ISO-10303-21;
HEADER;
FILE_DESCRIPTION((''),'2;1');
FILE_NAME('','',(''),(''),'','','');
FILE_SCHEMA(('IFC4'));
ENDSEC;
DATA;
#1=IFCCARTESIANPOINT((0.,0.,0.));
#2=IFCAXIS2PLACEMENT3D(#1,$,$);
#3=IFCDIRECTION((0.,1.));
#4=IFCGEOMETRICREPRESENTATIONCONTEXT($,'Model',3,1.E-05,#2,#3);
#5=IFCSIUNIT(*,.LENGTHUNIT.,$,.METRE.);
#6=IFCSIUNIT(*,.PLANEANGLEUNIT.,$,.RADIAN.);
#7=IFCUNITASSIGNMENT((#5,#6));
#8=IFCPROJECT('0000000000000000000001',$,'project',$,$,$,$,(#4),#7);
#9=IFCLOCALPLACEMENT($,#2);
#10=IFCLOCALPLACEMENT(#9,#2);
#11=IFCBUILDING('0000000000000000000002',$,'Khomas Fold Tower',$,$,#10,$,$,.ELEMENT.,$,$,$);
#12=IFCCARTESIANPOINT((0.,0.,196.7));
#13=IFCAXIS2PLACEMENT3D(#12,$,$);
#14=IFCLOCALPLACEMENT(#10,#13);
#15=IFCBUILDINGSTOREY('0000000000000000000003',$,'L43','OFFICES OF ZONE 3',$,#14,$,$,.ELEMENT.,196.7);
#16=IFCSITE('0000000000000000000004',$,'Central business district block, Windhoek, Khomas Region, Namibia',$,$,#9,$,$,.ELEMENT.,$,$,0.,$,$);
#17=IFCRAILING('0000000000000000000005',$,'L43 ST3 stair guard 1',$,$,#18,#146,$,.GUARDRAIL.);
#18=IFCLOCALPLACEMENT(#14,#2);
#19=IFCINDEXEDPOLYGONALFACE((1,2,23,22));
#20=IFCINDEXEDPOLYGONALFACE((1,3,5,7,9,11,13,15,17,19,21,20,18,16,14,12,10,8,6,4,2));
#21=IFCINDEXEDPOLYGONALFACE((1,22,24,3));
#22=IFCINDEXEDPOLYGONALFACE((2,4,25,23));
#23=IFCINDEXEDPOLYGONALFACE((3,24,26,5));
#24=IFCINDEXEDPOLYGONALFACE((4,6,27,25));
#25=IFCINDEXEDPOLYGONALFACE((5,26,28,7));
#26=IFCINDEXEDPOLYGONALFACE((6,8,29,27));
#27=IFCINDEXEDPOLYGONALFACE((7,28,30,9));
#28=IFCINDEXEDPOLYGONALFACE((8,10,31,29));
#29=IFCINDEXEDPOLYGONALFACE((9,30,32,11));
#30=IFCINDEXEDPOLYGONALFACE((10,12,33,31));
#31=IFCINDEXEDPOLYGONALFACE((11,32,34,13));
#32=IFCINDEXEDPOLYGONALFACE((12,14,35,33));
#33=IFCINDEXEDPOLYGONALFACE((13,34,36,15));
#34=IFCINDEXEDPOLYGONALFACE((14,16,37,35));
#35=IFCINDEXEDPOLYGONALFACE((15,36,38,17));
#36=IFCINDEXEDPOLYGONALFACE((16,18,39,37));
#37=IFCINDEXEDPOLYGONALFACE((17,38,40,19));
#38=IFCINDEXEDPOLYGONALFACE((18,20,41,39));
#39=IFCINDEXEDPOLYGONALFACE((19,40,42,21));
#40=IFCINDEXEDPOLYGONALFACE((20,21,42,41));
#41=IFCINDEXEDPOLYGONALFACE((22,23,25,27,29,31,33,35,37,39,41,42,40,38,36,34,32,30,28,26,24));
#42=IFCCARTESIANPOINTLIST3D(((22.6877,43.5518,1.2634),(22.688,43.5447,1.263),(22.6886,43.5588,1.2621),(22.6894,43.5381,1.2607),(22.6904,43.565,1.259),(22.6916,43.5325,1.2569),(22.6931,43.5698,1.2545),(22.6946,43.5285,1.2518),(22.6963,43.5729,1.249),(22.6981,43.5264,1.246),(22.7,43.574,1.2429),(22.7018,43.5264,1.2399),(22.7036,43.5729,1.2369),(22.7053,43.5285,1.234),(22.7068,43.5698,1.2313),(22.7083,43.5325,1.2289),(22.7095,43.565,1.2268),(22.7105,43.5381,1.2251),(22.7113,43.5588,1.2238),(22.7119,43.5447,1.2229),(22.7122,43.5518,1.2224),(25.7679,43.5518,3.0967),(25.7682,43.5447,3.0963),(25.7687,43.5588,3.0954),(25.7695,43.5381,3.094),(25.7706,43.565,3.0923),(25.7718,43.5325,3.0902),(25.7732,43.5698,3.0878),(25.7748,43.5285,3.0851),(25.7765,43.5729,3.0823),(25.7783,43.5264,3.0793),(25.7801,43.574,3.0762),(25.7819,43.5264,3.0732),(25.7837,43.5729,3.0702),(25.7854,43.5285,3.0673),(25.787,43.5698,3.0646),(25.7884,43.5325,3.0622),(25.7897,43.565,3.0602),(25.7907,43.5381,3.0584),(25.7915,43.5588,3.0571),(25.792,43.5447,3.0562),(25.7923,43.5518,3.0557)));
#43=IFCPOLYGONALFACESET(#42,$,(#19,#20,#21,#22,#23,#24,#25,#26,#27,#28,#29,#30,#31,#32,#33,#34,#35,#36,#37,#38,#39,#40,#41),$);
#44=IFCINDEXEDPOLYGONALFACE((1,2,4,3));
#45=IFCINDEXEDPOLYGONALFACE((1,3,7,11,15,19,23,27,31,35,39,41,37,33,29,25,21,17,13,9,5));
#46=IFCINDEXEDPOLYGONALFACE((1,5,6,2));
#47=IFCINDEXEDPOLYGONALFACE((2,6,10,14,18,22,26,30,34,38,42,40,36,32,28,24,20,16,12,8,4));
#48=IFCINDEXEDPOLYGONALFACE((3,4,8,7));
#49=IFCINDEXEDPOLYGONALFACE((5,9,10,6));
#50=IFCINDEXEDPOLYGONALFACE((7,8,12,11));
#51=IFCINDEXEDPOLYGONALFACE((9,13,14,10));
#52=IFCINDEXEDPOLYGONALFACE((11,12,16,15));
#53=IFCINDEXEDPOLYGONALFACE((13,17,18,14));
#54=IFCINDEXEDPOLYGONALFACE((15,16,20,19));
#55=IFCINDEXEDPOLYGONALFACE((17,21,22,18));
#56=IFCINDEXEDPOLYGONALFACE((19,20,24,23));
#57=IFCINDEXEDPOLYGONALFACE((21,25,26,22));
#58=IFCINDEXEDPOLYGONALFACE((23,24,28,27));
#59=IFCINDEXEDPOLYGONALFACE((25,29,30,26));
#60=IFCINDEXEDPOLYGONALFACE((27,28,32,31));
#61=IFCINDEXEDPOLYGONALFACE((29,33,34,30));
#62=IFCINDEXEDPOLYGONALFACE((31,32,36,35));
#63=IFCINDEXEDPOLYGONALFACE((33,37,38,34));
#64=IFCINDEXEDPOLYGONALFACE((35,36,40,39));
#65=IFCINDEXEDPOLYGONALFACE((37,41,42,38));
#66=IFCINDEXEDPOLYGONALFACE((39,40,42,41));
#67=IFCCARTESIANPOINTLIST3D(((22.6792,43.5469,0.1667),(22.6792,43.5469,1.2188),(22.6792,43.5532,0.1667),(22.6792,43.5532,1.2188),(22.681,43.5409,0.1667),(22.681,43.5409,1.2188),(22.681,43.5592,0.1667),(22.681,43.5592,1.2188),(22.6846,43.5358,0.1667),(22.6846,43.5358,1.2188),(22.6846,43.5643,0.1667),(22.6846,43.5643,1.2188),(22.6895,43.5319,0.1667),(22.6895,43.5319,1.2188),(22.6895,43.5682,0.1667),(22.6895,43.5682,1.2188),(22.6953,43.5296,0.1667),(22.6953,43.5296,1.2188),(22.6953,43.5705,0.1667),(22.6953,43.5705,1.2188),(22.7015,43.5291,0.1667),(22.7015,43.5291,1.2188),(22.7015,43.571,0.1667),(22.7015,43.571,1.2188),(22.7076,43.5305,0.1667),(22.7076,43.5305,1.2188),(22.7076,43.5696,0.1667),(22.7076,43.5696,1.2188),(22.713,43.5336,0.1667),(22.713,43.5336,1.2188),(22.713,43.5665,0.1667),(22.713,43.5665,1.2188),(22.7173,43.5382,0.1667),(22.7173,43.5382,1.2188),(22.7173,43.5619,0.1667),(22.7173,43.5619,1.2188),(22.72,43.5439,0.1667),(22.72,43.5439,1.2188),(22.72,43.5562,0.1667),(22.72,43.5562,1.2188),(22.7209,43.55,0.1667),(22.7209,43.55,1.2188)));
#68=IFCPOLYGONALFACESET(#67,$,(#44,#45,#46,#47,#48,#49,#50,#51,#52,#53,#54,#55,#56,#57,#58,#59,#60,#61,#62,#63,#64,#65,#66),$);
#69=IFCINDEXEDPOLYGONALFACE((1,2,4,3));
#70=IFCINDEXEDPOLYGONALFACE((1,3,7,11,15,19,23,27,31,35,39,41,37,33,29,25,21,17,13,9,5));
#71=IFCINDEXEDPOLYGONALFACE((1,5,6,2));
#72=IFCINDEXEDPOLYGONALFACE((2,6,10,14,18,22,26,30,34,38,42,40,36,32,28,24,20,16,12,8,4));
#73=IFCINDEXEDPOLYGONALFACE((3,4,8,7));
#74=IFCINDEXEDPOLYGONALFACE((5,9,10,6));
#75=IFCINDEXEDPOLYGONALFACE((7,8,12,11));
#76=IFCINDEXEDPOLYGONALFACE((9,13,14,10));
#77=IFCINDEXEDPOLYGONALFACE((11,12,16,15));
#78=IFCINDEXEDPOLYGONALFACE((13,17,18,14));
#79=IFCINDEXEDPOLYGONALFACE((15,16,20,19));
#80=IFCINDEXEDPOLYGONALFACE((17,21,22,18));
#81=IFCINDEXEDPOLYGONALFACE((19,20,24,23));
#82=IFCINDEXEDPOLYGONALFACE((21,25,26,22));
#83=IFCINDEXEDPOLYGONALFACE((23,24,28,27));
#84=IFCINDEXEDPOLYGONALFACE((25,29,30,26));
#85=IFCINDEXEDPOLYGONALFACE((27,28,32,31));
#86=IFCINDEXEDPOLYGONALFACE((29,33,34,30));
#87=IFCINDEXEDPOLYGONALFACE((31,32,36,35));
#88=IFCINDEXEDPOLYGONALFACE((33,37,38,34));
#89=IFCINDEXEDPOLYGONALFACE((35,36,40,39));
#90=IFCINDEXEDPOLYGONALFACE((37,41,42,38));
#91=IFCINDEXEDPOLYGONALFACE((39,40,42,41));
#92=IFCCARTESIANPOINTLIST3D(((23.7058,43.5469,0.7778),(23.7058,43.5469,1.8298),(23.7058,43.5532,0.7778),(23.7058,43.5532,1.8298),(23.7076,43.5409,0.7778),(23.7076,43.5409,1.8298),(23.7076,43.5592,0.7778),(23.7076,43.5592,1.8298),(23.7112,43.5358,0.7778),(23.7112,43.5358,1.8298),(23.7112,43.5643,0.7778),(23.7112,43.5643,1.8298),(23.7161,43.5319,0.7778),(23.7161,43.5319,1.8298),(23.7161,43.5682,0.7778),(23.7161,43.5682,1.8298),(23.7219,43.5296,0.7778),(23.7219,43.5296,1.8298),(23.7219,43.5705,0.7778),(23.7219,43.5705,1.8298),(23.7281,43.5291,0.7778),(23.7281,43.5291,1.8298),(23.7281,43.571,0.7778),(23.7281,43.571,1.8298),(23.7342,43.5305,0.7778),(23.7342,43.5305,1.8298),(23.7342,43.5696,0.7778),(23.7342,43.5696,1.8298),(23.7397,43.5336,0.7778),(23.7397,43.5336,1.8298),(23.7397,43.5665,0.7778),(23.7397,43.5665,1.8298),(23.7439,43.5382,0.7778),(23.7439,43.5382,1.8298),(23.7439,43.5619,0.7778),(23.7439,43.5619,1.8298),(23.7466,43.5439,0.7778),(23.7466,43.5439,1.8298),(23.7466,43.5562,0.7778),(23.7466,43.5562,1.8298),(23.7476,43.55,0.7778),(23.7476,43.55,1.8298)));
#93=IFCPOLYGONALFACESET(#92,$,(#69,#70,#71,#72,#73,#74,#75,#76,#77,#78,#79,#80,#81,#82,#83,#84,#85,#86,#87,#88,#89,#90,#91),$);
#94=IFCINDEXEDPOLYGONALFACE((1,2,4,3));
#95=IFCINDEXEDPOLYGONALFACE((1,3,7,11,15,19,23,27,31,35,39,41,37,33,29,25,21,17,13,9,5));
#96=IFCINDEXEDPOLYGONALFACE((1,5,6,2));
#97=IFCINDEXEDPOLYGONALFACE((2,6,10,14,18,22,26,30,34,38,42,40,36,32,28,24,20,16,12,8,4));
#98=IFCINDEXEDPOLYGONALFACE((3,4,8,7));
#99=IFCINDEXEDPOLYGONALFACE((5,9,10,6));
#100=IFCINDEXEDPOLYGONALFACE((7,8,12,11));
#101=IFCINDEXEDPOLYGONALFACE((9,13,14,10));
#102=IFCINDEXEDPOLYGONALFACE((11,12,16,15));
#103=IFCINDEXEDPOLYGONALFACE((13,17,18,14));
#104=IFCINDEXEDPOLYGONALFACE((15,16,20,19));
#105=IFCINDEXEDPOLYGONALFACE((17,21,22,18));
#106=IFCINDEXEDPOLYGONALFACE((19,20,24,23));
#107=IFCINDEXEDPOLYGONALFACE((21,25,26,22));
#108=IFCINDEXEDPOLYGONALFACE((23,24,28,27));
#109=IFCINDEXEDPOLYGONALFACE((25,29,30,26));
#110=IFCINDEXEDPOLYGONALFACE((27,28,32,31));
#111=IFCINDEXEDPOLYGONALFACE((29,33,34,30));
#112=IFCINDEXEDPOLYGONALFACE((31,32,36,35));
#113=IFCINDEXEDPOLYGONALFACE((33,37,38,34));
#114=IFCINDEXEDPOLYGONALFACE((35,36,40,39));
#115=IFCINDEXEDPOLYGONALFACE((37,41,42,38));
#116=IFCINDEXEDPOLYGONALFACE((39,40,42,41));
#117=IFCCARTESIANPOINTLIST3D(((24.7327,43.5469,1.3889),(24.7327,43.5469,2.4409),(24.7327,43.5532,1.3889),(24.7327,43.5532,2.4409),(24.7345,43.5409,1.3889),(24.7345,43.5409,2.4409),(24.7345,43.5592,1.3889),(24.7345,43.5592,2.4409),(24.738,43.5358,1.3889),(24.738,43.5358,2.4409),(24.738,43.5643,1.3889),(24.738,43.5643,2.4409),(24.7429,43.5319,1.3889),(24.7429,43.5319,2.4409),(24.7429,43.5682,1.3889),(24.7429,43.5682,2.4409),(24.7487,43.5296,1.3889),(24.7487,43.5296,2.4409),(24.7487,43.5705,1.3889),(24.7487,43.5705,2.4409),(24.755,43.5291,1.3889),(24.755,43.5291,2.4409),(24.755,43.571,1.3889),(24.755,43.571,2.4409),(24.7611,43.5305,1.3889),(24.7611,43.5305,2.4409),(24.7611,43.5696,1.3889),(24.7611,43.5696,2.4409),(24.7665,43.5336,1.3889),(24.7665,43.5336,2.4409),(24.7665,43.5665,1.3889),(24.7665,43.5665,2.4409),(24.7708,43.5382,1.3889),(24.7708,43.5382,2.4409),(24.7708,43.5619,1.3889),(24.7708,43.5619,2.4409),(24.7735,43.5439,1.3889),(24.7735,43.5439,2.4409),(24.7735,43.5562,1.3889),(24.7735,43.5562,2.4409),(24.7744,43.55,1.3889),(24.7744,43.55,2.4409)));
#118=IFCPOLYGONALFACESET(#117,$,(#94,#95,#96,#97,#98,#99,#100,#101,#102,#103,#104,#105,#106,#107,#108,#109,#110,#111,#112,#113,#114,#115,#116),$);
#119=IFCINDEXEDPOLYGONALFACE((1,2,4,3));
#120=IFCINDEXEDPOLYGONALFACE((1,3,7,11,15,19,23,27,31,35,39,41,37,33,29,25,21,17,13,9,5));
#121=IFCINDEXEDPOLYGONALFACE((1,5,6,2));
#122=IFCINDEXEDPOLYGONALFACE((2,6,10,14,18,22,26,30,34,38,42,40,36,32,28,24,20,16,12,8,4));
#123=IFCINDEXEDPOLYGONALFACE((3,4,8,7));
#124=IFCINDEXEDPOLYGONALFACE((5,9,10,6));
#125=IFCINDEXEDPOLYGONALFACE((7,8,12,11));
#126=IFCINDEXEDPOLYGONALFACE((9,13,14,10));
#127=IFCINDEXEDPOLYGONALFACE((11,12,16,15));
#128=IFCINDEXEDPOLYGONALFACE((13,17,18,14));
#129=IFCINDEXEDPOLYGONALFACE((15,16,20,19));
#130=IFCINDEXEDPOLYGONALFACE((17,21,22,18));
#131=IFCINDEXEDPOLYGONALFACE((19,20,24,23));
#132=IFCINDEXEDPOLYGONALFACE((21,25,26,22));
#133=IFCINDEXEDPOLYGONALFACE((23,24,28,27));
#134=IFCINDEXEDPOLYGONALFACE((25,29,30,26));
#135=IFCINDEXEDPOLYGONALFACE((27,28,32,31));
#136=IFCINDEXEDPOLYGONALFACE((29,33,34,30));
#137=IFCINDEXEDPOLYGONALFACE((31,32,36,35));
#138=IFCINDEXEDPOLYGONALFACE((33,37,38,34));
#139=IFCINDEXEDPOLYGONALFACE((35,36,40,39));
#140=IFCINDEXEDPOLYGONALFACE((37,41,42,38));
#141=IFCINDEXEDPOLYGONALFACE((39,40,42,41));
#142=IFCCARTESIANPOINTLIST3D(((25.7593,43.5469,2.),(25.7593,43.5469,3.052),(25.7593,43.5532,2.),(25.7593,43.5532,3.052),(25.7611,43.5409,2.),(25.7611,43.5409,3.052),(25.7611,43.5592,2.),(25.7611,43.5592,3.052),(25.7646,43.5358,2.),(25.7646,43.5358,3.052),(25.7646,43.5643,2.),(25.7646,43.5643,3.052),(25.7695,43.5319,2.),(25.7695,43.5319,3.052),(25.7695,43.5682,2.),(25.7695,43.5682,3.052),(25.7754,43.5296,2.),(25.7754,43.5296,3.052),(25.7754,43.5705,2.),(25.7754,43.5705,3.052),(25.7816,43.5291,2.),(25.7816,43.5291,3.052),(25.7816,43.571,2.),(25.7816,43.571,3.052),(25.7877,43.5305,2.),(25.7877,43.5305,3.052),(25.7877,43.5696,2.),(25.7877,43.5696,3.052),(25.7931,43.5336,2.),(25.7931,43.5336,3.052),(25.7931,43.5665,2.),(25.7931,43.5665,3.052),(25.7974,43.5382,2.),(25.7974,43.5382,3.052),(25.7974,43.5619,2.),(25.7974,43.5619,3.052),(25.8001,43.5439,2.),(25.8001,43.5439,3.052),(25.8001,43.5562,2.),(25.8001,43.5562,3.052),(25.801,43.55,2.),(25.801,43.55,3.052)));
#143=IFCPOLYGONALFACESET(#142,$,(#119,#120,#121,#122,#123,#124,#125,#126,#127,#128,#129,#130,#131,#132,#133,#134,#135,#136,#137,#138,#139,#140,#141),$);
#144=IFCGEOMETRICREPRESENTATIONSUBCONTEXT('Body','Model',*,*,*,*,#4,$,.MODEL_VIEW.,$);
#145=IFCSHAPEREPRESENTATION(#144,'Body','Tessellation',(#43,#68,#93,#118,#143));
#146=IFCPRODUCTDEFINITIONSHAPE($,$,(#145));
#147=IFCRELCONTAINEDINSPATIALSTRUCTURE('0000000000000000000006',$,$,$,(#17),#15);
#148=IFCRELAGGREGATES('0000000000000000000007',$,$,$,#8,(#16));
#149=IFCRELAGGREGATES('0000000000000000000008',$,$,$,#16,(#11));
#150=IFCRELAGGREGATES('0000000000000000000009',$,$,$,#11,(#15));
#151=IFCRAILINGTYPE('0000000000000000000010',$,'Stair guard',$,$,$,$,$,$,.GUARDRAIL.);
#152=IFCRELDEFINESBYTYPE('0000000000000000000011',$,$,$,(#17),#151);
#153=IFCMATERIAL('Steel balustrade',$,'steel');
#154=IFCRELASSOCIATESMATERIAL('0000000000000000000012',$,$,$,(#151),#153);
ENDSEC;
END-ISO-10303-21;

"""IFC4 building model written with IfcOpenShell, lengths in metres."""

from ifc_helpers import new_model, si_unit, direction, frame, origin, origin_2d, place, context, subcontext, project, spatial, circle, extrude, source, transform, mapped, material, type_object, element, save


model = new_model("IFC4")

# Units and contexts
model_context = context("Model", 3, precision=1e-05, world=origin(), true_north=direction((0.0, 1.0)))
body_context = subcontext(model_context, "Body", "Model", "MODEL_VIEW")
ifc_project = project(units=[si_unit("LENGTHUNIT", "METRE"), si_unit("PLANEANGLEUNIT", "RADIAN")], contexts=[model_context])

# Site, building, storey
site_placement = place(None, origin())
site = spatial("IfcSite", under=ifc_project, at=site_placement, Name="Central business district block, Windhoek, Khomas Region, Namibia", CompositionType="ELEMENT", RefElevation=0.0)
building_placement = place(site_placement, origin())
building = spatial("IfcBuilding", under=site, at=building_placement, Name="Khomas Fold Tower", CompositionType="ELEMENT")
storey_placement = place(building_placement, frame((0.0, 0.0, 196.7)))
storey = spatial("IfcBuildingStorey", under=building, at=storey_placement, Name="L43", Description="OFFICES OF ZONE 3", CompositionType="ELEMENT", Elevation=196.7)

# Railing
ifc_material_1 = material(Name="Steel balustrade", Category="steel")
railing_type_1 = type_object("IfcRailingType", Name="Stair guard", PredefinedType="GUARDRAIL", material=ifc_material_1)
shared_shape_1 = source(origin(), body_context, "Body", "SweptSolid", [
    extrude(circle(Radius=0.0239, at=origin_2d()), frame((0.0, 0.0, 1.0762), z_axis=(0.859309, 0.0, 0.511458), x_axis=(0.0, 1.0, 0.0)), (0.0, 0.0, 1.0), 3.5845),
    extrude(circle(Radius=0.021, at=origin_2d()), origin(), (0.0, 0.0, 1.0), 1.052),
    extrude(circle(Radius=0.021, at=origin_2d()), frame((1.0266, 0.0, 0.6111)), (0.0, 0.0, 1.0), 1.052),
    extrude(circle(Radius=0.021, at=origin_2d()), frame((2.0535, 0.0, 1.2222)), (0.0, 0.0, 1.0), 1.052),
    extrude(circle(Radius=0.021, at=origin_2d()), frame((3.0801, 0.0, 1.8333)), (0.0, 0.0, 1.0), 1.052),
])
railing_1_placement = place(storey_placement, frame((22.7, 43.55, 0.1667)))
element("IfcRailing", 1, at=railing_1_placement, inside=storey, type_object=railing_type_1, Name="L43 ST3 stair guard 1", PredefinedType="GUARDRAIL", context=body_context, shape_type="MappedRepresentation", body=[
    mapped(shared_shape_1, transform((0.0, 0.0, 0.0))),
])

save(model, "model.ifc")
